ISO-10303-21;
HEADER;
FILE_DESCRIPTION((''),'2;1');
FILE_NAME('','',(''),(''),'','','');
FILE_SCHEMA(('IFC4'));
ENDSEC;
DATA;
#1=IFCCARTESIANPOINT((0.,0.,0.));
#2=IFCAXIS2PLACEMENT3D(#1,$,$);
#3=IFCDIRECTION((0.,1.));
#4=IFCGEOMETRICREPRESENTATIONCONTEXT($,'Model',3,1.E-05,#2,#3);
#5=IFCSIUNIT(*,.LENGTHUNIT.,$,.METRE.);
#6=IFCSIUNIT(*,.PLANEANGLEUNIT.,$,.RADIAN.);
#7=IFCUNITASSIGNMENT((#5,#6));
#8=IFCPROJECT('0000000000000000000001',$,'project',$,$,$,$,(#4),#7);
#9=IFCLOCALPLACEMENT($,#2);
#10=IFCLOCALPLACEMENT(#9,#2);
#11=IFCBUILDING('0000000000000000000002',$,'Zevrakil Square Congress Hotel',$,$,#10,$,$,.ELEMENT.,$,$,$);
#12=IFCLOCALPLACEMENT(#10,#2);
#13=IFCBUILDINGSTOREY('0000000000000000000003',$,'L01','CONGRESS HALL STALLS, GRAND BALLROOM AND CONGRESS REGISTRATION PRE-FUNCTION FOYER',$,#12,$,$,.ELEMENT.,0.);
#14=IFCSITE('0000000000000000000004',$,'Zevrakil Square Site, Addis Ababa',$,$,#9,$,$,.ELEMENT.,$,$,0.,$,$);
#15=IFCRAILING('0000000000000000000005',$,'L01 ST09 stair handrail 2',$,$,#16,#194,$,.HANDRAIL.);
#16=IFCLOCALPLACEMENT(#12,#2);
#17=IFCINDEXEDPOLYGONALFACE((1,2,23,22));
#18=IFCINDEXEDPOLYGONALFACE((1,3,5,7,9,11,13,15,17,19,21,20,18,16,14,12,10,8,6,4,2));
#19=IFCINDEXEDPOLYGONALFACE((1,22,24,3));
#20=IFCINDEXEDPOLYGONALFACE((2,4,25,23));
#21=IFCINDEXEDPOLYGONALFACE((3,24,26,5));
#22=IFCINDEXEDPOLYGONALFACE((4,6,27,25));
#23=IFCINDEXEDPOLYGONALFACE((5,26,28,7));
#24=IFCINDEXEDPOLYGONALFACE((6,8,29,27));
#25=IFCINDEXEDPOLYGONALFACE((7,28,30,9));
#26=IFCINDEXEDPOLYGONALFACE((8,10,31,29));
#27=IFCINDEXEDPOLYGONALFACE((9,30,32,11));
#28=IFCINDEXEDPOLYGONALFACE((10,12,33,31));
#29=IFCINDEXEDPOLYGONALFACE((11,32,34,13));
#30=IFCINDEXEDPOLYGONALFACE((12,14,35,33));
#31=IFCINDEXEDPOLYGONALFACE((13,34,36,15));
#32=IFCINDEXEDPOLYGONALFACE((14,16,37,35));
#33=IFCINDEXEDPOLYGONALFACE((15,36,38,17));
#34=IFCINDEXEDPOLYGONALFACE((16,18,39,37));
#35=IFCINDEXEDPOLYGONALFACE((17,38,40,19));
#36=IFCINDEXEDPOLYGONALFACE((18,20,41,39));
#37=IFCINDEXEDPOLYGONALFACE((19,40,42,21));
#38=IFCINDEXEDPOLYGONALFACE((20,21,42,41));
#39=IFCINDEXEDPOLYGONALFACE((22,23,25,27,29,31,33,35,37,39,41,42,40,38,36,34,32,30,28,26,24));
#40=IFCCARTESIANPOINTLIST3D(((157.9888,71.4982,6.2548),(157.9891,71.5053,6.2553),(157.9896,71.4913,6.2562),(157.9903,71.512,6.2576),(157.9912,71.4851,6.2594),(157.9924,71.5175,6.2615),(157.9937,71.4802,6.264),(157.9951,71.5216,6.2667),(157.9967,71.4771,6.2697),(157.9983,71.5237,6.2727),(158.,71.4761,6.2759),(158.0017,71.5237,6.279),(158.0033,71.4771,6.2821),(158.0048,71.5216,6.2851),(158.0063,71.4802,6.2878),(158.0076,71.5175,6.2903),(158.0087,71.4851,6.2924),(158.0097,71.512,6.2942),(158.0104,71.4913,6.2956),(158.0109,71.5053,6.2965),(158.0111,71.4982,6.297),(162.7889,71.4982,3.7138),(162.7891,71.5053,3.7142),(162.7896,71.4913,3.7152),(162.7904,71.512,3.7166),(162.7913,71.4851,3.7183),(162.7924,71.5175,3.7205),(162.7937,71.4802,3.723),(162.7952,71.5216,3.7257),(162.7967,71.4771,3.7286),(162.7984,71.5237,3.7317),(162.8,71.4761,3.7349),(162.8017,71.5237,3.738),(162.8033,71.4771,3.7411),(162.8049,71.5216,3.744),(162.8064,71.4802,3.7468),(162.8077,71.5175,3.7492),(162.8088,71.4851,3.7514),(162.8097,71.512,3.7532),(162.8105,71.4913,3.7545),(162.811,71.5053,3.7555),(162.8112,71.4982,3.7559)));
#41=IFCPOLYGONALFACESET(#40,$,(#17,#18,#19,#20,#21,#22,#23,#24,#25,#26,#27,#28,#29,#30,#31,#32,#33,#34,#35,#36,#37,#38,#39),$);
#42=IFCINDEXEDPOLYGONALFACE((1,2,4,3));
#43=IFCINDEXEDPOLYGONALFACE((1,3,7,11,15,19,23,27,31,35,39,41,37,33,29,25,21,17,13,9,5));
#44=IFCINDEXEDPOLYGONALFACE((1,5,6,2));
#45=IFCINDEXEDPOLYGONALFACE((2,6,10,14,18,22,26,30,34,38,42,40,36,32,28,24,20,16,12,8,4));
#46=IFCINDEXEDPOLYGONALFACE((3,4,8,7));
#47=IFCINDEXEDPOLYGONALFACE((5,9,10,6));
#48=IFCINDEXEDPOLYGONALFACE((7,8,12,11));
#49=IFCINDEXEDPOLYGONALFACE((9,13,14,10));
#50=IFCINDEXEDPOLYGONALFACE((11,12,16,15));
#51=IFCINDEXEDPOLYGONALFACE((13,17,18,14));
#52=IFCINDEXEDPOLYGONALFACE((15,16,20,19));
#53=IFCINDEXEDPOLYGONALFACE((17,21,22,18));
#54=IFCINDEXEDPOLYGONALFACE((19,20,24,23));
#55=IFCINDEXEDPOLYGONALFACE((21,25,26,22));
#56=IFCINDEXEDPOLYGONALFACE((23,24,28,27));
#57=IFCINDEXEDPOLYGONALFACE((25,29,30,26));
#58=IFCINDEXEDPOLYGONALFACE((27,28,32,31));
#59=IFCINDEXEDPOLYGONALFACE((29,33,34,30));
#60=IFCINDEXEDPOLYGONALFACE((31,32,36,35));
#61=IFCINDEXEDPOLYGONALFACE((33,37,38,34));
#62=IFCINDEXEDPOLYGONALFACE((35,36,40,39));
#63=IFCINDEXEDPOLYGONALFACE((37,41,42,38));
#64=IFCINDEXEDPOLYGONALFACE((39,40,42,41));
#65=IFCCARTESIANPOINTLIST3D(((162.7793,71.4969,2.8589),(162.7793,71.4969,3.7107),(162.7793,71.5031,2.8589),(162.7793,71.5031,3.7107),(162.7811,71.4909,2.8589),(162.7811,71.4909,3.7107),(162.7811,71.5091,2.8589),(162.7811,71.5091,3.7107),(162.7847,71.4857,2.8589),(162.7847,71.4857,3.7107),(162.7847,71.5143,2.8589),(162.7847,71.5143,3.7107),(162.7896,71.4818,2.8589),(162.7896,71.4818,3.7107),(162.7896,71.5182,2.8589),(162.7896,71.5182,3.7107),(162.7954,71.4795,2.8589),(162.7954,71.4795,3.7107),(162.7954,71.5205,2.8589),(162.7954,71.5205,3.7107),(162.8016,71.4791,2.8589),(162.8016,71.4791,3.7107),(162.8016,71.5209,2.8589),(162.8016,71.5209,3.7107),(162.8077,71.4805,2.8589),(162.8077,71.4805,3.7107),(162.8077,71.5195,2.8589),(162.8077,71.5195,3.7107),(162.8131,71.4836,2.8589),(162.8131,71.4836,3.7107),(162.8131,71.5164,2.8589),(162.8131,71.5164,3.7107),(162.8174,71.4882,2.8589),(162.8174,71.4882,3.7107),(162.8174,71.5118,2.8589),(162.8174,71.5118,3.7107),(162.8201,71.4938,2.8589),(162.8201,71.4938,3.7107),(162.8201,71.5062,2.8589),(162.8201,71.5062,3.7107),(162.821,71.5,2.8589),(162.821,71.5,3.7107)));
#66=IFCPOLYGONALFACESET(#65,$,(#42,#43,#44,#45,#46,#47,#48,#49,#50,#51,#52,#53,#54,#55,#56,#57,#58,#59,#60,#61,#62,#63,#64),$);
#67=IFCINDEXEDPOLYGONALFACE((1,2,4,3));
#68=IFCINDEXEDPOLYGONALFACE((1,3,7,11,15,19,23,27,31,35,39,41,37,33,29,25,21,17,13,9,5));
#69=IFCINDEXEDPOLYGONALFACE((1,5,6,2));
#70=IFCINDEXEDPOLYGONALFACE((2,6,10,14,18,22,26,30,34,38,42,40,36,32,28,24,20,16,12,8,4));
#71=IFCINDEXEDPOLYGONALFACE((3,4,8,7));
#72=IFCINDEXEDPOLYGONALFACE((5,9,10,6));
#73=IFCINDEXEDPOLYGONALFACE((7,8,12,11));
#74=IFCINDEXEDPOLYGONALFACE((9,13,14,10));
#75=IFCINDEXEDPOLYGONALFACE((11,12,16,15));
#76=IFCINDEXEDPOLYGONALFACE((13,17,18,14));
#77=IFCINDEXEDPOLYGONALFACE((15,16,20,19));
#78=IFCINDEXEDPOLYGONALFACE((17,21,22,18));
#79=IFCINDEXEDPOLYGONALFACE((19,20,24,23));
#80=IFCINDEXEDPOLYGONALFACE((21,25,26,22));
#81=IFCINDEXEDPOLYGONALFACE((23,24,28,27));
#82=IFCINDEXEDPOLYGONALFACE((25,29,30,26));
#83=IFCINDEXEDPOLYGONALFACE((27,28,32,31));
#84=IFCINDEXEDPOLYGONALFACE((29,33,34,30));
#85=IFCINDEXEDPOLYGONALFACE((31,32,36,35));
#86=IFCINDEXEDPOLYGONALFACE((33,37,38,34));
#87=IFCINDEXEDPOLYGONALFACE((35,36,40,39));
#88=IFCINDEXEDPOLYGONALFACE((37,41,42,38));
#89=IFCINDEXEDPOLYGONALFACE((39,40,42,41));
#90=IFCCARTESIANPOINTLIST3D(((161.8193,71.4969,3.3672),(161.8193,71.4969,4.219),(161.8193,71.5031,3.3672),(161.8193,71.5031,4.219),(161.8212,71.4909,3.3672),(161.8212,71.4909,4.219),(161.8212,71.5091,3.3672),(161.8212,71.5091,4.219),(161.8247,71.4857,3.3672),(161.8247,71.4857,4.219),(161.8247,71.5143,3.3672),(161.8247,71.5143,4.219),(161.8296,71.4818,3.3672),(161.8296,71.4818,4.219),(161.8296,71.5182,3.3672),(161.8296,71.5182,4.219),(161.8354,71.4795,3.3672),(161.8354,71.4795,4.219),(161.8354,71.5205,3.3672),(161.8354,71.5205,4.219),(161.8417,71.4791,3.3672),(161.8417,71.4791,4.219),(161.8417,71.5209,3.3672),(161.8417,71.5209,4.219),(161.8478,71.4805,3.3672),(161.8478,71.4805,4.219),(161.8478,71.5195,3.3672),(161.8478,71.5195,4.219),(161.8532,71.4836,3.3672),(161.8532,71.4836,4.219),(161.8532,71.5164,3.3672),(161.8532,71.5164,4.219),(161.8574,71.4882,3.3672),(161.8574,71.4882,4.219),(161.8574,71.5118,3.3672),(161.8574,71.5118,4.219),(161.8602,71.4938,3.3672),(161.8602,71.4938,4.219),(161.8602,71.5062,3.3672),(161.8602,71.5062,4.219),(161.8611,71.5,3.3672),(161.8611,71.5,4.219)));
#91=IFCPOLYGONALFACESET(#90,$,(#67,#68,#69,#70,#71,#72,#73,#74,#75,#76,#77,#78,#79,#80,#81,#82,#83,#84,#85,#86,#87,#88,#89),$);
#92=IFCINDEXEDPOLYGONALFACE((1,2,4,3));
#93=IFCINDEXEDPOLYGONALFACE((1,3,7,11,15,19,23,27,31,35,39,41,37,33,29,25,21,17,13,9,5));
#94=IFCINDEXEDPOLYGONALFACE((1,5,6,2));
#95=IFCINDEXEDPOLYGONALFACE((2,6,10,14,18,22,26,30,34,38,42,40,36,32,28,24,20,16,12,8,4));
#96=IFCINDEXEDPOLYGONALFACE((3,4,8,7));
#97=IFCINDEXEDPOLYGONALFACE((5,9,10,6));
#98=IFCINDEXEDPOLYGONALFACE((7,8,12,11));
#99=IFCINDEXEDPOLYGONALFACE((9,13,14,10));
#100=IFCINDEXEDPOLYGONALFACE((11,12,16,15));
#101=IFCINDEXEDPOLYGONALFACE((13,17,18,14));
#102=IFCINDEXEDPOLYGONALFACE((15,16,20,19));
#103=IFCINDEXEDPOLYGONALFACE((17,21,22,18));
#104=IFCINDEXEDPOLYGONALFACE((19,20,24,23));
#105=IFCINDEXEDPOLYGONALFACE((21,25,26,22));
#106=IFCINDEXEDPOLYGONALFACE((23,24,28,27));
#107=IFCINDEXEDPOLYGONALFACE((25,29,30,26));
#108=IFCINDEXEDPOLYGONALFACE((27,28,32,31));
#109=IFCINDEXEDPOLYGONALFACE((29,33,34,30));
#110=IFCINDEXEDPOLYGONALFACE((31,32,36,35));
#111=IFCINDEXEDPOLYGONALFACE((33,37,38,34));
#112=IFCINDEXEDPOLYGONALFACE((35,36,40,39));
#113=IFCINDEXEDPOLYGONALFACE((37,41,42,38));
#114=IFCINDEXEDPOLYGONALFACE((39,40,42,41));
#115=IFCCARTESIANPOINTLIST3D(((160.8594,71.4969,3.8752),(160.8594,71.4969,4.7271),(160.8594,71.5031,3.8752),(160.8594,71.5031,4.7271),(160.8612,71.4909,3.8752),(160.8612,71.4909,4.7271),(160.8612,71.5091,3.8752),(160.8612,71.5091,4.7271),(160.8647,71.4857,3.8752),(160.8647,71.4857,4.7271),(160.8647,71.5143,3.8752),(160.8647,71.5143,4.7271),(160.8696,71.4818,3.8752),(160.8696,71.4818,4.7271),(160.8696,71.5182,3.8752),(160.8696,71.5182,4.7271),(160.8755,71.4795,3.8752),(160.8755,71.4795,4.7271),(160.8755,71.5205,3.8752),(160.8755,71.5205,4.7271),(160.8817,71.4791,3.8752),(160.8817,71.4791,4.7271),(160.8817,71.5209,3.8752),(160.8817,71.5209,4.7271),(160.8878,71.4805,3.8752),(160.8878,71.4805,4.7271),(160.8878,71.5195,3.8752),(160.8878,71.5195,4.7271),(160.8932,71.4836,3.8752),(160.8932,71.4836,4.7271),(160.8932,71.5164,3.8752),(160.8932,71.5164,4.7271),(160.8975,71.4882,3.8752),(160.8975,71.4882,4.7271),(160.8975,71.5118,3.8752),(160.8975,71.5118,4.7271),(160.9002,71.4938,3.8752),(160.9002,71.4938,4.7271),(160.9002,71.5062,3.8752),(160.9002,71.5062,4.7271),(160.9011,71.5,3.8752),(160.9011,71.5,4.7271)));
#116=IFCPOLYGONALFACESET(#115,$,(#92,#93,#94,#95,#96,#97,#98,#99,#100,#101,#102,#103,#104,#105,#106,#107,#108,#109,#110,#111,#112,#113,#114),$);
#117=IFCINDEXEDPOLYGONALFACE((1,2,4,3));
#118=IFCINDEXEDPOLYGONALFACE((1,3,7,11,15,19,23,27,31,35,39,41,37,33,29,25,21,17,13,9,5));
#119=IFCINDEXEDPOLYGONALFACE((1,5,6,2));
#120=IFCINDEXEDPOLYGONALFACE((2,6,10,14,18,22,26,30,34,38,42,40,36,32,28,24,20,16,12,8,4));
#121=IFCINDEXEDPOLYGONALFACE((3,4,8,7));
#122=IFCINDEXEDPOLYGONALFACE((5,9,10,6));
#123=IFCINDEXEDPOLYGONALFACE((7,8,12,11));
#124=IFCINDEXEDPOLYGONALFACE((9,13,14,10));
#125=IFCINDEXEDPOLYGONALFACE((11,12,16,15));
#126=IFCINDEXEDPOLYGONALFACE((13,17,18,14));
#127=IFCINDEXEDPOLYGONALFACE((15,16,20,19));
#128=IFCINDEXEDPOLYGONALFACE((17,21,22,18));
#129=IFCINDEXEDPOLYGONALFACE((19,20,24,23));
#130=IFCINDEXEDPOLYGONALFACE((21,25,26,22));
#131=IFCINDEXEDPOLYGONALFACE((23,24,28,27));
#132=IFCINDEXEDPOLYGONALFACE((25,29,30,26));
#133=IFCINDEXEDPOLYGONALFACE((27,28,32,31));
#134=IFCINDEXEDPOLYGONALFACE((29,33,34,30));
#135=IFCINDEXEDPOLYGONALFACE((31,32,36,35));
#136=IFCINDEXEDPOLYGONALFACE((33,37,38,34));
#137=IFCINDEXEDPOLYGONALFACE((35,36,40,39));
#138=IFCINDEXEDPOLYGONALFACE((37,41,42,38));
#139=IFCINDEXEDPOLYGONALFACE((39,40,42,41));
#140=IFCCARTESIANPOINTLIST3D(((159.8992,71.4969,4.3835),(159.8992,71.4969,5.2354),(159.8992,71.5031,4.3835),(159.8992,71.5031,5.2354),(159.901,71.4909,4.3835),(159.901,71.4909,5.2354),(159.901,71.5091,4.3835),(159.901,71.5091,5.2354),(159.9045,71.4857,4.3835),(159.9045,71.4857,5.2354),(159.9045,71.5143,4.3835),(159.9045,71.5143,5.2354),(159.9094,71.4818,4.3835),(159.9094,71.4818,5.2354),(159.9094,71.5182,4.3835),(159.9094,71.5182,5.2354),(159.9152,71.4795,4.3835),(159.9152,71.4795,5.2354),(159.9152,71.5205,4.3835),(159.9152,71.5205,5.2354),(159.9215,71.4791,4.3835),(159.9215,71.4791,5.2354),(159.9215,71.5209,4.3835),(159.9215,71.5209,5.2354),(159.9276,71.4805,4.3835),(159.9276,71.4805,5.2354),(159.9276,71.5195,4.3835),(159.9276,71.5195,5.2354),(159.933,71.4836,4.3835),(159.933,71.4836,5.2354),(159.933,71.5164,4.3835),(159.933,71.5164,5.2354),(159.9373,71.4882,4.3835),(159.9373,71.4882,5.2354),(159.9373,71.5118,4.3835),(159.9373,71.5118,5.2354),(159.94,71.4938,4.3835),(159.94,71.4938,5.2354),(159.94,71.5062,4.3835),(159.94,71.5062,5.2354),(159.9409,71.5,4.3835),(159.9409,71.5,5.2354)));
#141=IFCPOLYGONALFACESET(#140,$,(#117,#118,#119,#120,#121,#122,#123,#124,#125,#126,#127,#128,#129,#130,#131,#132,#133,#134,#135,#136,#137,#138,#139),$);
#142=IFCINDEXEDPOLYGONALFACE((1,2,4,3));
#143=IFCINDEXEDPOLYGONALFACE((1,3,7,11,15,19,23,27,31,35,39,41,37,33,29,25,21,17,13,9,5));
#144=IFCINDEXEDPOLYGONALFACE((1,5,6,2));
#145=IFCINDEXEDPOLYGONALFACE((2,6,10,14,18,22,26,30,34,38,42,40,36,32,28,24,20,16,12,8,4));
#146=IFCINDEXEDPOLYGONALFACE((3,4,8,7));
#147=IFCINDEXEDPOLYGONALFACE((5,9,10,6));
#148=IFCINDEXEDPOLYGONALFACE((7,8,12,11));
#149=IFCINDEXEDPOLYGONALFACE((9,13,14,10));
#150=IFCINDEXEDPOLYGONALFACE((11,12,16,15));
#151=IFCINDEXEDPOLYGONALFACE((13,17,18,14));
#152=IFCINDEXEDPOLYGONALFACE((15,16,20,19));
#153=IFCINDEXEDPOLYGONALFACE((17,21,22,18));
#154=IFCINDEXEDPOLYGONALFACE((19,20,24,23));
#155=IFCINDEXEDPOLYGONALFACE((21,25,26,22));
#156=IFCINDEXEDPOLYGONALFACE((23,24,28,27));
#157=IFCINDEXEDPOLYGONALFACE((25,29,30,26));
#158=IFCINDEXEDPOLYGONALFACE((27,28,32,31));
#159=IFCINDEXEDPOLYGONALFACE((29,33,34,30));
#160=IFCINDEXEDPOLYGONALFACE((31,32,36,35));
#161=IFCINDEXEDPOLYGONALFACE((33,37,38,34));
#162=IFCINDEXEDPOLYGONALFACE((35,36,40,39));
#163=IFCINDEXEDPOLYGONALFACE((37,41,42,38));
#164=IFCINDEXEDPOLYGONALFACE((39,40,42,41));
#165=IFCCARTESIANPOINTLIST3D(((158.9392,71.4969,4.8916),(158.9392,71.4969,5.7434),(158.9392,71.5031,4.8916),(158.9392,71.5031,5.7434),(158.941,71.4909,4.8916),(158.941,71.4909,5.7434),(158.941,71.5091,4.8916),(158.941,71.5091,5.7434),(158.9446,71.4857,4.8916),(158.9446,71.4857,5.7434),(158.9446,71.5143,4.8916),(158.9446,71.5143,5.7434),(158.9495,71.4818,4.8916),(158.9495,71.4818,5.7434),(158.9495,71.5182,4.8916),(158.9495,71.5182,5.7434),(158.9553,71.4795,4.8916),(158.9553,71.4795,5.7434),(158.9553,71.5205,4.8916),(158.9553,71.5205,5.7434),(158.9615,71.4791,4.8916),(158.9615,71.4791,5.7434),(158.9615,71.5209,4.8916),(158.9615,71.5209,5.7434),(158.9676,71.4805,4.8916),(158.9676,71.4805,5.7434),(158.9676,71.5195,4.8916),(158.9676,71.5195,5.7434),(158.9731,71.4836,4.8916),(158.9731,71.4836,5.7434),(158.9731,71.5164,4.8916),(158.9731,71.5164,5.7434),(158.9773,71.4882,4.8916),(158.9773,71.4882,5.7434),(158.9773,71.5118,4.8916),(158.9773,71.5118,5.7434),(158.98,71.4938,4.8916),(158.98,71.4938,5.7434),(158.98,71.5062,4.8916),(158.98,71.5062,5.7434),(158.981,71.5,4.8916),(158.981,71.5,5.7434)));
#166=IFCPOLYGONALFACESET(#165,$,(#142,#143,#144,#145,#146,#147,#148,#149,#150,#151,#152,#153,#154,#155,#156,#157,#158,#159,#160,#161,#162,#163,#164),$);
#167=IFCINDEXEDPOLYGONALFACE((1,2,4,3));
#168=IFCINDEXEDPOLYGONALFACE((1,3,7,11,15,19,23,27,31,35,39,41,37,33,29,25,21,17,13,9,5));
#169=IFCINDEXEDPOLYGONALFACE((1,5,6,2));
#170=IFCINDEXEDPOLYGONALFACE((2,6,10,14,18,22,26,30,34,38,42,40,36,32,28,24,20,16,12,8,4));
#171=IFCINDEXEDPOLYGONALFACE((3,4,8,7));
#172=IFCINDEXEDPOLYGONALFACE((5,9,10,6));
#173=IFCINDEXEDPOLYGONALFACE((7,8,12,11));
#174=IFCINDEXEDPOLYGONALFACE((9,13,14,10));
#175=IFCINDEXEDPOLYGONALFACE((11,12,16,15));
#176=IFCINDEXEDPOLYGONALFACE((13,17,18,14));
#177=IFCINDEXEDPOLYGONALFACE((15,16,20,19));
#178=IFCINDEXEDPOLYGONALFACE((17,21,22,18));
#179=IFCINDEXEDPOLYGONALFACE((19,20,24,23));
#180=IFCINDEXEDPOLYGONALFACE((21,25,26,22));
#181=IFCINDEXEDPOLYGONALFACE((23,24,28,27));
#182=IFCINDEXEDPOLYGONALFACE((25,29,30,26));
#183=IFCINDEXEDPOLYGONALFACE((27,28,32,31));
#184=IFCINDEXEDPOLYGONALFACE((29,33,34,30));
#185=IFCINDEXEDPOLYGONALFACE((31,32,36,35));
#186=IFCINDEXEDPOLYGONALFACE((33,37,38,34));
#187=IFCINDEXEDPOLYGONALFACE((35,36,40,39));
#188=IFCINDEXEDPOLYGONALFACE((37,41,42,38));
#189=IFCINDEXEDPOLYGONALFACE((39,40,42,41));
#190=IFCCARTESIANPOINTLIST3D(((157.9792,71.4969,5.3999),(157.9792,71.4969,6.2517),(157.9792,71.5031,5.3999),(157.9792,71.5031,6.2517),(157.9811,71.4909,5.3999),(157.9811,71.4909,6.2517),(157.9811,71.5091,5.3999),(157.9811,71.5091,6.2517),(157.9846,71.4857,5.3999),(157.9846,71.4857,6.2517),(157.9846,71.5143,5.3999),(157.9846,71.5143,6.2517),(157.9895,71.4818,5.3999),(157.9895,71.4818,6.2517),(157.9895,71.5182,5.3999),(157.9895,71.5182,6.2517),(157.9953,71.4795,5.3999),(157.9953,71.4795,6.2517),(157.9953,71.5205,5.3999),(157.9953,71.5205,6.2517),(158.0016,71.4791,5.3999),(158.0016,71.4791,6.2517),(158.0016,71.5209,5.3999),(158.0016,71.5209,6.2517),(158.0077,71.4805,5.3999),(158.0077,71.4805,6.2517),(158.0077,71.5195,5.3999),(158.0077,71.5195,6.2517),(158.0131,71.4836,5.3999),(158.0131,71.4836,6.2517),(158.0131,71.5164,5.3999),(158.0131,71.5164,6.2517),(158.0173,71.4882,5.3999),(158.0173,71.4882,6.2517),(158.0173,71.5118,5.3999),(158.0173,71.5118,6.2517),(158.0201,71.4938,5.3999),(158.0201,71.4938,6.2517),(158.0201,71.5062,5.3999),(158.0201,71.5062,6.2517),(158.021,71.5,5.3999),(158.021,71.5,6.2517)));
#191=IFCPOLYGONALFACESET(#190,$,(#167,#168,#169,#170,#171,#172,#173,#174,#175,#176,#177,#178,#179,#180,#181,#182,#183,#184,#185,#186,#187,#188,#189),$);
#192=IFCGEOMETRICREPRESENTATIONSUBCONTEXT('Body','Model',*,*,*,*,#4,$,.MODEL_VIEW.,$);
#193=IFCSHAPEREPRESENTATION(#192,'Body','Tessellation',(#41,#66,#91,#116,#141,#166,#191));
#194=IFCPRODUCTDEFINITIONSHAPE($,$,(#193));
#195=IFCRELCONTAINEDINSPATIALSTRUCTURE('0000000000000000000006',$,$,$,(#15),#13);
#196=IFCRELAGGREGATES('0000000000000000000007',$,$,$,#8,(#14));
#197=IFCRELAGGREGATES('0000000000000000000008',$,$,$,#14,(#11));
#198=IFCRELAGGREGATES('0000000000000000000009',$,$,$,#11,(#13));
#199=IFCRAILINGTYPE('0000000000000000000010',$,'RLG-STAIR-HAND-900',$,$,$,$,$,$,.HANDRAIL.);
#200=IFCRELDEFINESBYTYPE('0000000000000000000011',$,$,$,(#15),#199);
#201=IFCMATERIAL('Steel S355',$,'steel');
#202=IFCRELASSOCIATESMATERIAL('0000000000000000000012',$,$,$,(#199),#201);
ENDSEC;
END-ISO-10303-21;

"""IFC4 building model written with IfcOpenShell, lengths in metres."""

from ifc_helpers import new_model, si_unit, direction, frame, origin, origin_2d, place, context, subcontext, project, spatial, circle, extrude, material, type_object, element, save


model = new_model("IFC4")

# Units and contexts
model_context = context("Model", 3, precision=1e-05, world=origin(), true_north=direction((0.0, 1.0)))
body_context = subcontext(model_context, "Body", "Model", "MODEL_VIEW")
ifc_project = project(units=[si_unit("LENGTHUNIT", "METRE"), si_unit("PLANEANGLEUNIT", "RADIAN")], contexts=[model_context])

# Site, building, storey
site_placement = place(None, origin())
site = spatial("IfcSite", under=ifc_project, at=site_placement, Name="Zevrakil Square Site, Addis Ababa", CompositionType="ELEMENT", RefElevation=0.0)
building_placement = place(site_placement, origin())
building = spatial("IfcBuilding", under=site, at=building_placement, Name="Zevrakil Square Congress Hotel", CompositionType="ELEMENT")
storey_placement = place(building_placement, origin())
storey = spatial("IfcBuildingStorey", under=building, at=storey_placement, Name="L01", Description="CONGRESS HALL STALLS, GRAND BALLROOM AND CONGRESS REGISTRATION PRE-FUNCTION FOYER", CompositionType="ELEMENT", Elevation=0.0)

# Railing
ifc_material_1 = material(Name="Steel S355", Category="steel")
railing_type_1 = type_object("IfcRailingType", Name="RLG-STAIR-HAND-900", PredefinedType="HANDRAIL", material=ifc_material_1)
railing_1_placement = place(storey_placement, frame((162.8, 71.5, 2.8589)))
element("IfcRailing", 1, at=railing_1_placement, inside=storey, type_object=railing_type_1, Name="L01 ST09 stair handrail 2", PredefinedType="HANDRAIL", context=body_context, shape_type="SweptSolid", body=[
    extrude(circle(Radius=0.0239, at=origin_2d()), frame((0.0, 0.0, 0.876), z_axis=(-0.883802, 0.0, 0.467861), x_axis=(0.0, -1.0, 0.0)), (0.0, 0.0, 1.0), 5.4312),
    extrude(circle(Radius=0.021, at=origin_2d()), origin(), (0.0, 0.0, 1.0), 0.8518),
    extrude(circle(Radius=0.021, at=origin_2d()), frame((-0.96, 0.0, 0.5083)), (0.0, 0.0, 1.0), 0.8518),
    extrude(circle(Radius=0.021, at=origin_2d()), frame((-1.9199, 0.0, 1.0164)), (0.0, 0.0, 1.0), 0.8518),
    extrude(circle(Radius=0.021, at=origin_2d()), frame((-2.8801, 0.0, 1.5247)), (0.0, 0.0, 1.0), 0.8518),
    extrude(circle(Radius=0.021, at=origin_2d()), frame((-3.8401, 0.0, 2.0327)), (0.0, 0.0, 1.0), 0.8518),
    extrude(circle(Radius=0.021, at=origin_2d()), frame((-4.8, 0.0, 2.541)), (0.0, 0.0, 1.0), 0.8518),
])

save(model, "model.ifc")
